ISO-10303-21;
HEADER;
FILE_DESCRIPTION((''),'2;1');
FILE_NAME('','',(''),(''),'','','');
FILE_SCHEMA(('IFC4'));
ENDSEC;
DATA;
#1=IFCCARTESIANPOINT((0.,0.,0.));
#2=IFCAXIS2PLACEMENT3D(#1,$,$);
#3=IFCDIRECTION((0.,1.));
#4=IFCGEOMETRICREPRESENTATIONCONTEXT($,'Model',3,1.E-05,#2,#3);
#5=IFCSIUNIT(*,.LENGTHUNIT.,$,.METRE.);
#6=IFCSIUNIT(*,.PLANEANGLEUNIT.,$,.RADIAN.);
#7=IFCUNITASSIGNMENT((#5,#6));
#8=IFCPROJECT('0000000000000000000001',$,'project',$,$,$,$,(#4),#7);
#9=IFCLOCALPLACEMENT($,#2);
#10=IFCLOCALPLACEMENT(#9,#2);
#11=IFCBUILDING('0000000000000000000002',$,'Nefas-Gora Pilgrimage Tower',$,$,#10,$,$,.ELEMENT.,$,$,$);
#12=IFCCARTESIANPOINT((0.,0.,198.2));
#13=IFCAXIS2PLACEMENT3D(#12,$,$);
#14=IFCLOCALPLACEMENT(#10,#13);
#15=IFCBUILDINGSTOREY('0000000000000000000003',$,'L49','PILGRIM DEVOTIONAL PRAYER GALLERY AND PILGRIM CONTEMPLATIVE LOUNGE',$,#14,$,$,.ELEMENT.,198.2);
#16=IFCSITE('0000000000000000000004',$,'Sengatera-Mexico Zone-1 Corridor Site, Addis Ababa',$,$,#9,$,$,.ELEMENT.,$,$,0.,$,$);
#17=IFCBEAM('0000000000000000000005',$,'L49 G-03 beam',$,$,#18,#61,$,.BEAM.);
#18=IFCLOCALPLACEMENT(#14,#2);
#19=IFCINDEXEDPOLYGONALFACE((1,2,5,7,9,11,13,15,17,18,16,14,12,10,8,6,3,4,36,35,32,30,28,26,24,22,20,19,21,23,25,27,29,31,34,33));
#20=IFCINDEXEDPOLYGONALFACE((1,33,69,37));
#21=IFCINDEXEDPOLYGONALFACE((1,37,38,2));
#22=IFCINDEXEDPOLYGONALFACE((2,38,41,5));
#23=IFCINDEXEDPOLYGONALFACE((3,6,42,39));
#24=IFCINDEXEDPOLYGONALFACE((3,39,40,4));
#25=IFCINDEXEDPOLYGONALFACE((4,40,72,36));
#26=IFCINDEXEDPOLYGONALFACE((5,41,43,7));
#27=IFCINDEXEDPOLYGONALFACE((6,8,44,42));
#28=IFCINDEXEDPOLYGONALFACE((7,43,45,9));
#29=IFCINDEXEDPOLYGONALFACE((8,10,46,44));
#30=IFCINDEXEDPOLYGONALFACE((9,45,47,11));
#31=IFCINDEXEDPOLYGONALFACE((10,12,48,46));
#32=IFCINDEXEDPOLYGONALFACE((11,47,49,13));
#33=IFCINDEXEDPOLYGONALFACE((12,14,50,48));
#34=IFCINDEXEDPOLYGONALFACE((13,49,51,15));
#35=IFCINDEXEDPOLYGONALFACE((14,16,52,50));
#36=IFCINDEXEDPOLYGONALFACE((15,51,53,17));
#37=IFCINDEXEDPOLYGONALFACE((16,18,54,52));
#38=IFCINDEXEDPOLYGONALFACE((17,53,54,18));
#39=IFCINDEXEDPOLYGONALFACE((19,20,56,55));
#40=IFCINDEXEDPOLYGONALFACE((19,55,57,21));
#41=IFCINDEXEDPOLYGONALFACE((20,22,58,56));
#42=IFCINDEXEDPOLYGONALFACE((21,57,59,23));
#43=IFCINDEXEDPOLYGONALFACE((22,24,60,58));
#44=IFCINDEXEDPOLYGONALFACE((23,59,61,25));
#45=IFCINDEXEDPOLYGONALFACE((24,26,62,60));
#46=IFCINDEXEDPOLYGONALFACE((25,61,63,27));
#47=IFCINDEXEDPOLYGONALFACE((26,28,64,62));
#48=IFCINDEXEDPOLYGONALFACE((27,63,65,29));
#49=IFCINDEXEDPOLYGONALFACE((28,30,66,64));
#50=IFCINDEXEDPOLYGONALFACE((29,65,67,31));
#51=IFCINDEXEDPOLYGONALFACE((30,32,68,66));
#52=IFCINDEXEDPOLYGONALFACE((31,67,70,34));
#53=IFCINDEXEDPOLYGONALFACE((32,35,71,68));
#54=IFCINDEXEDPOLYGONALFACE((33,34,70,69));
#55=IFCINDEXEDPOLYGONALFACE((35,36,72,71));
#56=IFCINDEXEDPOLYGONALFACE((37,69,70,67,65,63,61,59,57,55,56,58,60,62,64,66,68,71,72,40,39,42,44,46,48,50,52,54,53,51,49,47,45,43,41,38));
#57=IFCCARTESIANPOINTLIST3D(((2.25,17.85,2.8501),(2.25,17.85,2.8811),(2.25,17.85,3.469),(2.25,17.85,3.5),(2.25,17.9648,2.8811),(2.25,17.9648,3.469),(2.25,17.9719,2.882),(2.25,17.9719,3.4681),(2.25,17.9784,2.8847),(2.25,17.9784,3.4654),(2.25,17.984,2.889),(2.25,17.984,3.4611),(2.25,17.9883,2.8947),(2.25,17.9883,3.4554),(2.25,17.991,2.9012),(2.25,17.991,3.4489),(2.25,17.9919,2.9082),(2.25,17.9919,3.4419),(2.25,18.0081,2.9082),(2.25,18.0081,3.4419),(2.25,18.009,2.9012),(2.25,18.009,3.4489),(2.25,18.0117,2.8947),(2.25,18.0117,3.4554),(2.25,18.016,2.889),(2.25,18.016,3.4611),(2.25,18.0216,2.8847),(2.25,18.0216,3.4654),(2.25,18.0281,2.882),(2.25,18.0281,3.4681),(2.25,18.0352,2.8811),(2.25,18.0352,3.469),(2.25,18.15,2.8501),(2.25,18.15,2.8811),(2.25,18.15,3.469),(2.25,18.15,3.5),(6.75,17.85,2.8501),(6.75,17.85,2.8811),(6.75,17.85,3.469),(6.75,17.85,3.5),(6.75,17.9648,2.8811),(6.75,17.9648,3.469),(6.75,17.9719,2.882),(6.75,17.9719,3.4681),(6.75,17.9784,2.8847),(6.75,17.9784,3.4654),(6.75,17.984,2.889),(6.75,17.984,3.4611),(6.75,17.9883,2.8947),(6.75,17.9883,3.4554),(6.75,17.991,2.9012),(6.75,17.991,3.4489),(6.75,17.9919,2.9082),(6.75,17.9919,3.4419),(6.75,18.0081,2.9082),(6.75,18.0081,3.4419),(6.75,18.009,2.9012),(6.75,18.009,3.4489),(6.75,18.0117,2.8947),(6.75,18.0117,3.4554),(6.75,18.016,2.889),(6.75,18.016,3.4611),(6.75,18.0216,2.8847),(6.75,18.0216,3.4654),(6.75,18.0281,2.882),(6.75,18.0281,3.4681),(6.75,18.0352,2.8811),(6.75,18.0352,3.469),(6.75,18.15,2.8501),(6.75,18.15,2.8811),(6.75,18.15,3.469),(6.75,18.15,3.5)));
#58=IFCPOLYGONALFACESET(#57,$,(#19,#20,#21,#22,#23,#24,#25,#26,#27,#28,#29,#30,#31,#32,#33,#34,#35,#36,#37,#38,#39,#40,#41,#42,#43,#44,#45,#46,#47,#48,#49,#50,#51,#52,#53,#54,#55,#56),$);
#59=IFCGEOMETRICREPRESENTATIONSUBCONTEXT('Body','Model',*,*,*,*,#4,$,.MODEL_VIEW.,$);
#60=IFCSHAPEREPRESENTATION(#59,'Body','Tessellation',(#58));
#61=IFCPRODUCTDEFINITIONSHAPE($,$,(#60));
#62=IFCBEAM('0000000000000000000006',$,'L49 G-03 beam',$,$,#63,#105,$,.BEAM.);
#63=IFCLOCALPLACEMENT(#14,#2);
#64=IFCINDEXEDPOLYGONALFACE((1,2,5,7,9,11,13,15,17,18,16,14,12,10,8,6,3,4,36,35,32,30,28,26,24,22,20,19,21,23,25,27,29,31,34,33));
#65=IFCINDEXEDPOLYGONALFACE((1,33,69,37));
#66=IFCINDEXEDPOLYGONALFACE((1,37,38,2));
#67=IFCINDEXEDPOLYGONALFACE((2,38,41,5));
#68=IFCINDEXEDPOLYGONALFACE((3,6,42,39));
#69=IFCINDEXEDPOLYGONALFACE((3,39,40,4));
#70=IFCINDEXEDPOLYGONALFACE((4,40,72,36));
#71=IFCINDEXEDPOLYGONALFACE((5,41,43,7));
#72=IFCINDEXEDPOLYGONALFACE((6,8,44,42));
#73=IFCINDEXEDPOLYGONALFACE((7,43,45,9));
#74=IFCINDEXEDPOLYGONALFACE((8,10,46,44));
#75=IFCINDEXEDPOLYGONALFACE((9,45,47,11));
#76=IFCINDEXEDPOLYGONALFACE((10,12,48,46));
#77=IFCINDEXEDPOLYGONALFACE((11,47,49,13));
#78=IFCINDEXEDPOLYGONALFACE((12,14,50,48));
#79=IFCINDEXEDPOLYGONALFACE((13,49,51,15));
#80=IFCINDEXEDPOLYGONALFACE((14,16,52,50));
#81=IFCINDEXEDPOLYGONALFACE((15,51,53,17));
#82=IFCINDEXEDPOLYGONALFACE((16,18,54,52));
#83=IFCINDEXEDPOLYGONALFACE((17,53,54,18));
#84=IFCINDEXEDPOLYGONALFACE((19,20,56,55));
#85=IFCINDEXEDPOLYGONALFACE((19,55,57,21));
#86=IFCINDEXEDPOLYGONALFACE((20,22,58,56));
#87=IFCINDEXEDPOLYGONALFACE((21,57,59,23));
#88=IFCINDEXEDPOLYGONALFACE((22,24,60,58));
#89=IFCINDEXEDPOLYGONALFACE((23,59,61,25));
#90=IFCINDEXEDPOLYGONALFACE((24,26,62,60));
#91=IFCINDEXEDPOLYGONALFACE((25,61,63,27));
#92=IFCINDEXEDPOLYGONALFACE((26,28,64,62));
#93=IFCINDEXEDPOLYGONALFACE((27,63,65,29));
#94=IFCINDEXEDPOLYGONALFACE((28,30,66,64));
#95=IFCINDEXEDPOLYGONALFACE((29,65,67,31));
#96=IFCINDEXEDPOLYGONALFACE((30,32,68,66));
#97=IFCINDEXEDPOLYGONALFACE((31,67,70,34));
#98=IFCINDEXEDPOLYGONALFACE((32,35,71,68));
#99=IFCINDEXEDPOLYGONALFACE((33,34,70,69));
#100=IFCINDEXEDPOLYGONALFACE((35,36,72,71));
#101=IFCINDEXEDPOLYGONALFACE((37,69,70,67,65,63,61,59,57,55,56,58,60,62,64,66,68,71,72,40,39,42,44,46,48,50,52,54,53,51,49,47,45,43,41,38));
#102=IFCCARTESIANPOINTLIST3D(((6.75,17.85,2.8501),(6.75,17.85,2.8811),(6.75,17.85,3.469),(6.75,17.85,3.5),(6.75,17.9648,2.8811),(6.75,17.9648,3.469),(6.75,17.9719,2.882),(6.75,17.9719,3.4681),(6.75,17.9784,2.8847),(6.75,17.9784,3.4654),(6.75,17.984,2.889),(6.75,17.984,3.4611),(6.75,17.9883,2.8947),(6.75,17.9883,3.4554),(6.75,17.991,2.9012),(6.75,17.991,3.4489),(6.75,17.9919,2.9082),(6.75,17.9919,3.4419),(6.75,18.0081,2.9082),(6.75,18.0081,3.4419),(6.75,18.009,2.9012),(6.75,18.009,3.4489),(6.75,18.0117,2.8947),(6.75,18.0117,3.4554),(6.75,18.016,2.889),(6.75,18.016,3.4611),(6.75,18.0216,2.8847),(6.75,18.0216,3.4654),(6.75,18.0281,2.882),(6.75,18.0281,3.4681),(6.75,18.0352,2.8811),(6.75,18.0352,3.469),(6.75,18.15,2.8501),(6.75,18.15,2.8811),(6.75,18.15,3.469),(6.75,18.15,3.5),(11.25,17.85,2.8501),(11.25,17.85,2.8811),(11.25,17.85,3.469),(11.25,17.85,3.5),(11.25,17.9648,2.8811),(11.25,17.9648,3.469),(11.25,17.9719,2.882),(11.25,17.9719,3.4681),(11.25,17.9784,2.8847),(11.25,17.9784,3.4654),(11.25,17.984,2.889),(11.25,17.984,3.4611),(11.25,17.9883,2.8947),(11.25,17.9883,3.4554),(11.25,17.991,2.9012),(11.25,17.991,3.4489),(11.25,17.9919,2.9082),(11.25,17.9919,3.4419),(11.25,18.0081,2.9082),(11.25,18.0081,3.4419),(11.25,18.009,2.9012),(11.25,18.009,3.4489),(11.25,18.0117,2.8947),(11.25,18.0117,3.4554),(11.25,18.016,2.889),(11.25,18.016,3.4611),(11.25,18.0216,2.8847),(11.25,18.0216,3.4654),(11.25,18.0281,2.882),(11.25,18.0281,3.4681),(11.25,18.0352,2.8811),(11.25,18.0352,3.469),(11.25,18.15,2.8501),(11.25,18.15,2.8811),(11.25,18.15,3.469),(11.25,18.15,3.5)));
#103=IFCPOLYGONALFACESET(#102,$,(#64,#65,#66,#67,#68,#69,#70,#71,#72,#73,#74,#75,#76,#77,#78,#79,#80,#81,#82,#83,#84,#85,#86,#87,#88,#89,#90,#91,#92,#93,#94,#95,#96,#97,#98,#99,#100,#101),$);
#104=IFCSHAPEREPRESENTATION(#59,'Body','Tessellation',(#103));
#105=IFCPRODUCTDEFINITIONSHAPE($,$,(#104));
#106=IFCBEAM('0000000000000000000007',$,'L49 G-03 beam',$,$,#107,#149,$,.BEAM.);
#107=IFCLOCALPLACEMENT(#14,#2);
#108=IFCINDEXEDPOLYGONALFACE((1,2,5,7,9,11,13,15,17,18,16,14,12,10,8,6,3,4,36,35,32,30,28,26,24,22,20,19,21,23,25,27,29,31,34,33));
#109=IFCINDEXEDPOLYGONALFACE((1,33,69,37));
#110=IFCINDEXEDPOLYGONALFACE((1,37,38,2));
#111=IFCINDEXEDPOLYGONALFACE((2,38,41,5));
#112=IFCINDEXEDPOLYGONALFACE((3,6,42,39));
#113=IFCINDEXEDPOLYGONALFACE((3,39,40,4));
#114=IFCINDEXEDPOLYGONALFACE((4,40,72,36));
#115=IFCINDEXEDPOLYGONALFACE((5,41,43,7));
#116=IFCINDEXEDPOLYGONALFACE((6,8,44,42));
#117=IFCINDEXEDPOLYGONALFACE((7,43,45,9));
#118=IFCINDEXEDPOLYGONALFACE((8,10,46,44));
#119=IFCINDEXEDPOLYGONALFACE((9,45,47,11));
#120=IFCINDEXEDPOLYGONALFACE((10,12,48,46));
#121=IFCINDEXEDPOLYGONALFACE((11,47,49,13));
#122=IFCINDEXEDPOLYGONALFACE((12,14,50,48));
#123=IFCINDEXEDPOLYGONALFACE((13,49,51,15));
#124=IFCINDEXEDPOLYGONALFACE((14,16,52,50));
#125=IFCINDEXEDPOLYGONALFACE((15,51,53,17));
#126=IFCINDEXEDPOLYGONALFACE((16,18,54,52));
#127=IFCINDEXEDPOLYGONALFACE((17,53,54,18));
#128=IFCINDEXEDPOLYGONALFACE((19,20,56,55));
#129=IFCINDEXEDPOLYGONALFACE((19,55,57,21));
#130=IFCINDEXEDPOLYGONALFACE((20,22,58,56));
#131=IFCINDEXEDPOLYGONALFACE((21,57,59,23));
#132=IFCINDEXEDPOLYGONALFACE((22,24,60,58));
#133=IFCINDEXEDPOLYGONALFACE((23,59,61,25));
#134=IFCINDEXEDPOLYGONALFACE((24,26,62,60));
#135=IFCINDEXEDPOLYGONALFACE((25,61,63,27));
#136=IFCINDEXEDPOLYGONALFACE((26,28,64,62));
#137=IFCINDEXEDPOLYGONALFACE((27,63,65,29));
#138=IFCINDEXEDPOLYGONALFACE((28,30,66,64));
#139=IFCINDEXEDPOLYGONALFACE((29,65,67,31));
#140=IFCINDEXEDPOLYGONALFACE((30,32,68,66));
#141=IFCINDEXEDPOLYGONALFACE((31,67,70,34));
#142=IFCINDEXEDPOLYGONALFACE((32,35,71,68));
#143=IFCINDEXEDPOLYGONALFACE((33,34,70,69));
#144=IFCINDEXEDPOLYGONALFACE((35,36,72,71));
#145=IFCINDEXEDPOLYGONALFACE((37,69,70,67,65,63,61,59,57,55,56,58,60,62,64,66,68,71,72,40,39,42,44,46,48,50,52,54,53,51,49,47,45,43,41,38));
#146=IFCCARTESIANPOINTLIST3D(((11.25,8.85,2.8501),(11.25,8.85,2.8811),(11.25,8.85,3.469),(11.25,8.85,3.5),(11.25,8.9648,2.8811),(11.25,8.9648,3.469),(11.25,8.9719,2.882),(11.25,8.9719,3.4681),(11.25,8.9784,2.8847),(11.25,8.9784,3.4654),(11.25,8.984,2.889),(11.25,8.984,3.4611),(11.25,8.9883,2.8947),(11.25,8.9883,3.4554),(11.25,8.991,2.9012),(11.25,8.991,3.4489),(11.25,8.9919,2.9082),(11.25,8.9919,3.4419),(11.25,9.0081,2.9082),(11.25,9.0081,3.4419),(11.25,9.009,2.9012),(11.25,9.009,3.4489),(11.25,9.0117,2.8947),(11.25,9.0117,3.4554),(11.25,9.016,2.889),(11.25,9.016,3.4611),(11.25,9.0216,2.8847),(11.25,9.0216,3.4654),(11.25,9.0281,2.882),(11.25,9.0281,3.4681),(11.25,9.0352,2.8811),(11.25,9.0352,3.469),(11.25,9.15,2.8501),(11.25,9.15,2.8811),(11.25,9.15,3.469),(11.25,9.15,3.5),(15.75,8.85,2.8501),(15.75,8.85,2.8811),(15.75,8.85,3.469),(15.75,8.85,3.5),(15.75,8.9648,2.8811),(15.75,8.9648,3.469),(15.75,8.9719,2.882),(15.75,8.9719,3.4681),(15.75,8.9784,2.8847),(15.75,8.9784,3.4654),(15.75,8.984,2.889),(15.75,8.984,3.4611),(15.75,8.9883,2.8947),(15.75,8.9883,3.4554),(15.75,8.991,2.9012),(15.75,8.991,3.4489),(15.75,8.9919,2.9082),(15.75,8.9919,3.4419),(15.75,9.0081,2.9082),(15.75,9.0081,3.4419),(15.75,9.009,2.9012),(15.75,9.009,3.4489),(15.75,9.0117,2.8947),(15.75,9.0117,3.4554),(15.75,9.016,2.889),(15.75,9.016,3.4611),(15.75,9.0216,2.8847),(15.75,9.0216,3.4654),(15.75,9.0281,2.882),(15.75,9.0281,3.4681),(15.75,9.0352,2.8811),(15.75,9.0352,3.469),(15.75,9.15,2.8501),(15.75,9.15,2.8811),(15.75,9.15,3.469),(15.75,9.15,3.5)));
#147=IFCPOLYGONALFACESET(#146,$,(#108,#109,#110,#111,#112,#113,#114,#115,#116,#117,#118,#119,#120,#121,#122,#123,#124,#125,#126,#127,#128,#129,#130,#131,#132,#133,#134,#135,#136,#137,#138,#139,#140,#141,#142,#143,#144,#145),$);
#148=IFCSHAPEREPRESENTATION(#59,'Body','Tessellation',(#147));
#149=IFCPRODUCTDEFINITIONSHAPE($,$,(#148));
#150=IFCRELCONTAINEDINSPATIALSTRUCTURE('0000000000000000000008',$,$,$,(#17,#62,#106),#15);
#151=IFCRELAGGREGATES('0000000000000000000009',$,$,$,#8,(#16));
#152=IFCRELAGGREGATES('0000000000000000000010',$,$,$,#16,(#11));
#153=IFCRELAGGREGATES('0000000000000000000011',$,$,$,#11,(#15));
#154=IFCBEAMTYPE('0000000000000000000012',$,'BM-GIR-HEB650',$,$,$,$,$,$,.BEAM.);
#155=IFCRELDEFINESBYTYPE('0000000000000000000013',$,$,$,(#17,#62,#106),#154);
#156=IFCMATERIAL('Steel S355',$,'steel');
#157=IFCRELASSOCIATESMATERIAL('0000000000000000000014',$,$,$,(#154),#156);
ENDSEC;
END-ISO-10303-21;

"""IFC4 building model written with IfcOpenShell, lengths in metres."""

from ifc_helpers import new_model, si_unit, direction, frame, origin, origin_2d, place, context, subcontext, project, spatial, i_section, extrude, source, transform, mapped, material, material_profile, profile_set, type_object, element, save


model = new_model("IFC4")

# Units and contexts
model_context = context("Model", 3, precision=1e-05, world=origin(), true_north=direction((0.0, 1.0)))
body_context = subcontext(model_context, "Body", "Model", "MODEL_VIEW")
ifc_project = project(units=[si_unit("LENGTHUNIT", "METRE"), si_unit("PLANEANGLEUNIT", "RADIAN")], contexts=[model_context])

# Site, building, storey
site_placement = place(None, origin())
site = spatial("IfcSite", under=ifc_project, at=site_placement, Name="Sengatera-Mexico Zone-1 Corridor Site, Addis Ababa", CompositionType="ELEMENT", RefElevation=0.0)
building_placement = place(site_placement, origin())
building = spatial("IfcBuilding", under=site, at=building_placement, Name="Nefas-Gora Pilgrimage Tower", CompositionType="ELEMENT")
storey_placement = place(building_placement, frame((0.0, 0.0, 198.2)))
storey = spatial("IfcBuildingStorey", under=building, at=storey_placement, Name="L49", Description="PILGRIM DEVOTIONAL PRAYER GALLERY AND PILGRIM CONTEMPLATIVE LOUNGE", CompositionType="ELEMENT", Elevation=198.2)

# Beams
ifc_material_1 = material(Name="Steel S355", Category="steel")
ifc_material_profile_1 = material_profile(ifc_material_1, i_section(OverallWidth=0.3, OverallDepth=0.6499, WebThickness=0.0161, FlangeThickness=0.031, FilletRadius=0.0271, at=origin_2d()), Name="HEB 650")
ifc_profile_set_1 = profile_set([ifc_material_profile_1], Name="Steel S355")
beam_type = type_object("IfcBeamType", Name="BM-GIR-HEB650", PredefinedType="BEAM", material=ifc_profile_set_1)
shared_shape_1 = source(origin(), body_context, "Body", "SweptSolid", [
    extrude(i_section(OverallWidth=0.3, OverallDepth=0.6499, WebThickness=0.0161, FlangeThickness=0.031, FilletRadius=0.0271, at=origin_2d()), origin(), (0.0, 0.0, 1.0), 4.5),
])
for number, where, z_axis, x_axis, name in (
    (1, (2.25, 18.0, 3.175), (1.0, 0.0, 0.0), (0.0, 1.0, 0.0), "L49 G-03 beam"),
    (2, (6.75, 18.0, 3.175), (1.0, 0.0, 0.0), (0.0, 1.0, 0.0), "L49 G-03 beam"),
    (3, (11.25, 9.0, 3.175), (1.0, 0.0, 0.0), (0.0, 1.0, 0.0), "L49 G-03 beam"),
):
    element("IfcBeam", number, at=place(storey_placement, frame(where, z_axis=z_axis, x_axis=x_axis)), inside=storey, type_object=beam_type, Name=name, PredefinedType="BEAM", context=body_context, shape_type="MappedRepresentation", body=[
        mapped(shared_shape_1, transform((0.0, 0.0, 0.0), x_axis=(1.0, 0.0, 0.0), y_axis=(0.0, 1.0, 0.0), z_axis=(0.0, 0.0, 1.0), scale=1.0)),
    ])

save(model, "model.ifc")
